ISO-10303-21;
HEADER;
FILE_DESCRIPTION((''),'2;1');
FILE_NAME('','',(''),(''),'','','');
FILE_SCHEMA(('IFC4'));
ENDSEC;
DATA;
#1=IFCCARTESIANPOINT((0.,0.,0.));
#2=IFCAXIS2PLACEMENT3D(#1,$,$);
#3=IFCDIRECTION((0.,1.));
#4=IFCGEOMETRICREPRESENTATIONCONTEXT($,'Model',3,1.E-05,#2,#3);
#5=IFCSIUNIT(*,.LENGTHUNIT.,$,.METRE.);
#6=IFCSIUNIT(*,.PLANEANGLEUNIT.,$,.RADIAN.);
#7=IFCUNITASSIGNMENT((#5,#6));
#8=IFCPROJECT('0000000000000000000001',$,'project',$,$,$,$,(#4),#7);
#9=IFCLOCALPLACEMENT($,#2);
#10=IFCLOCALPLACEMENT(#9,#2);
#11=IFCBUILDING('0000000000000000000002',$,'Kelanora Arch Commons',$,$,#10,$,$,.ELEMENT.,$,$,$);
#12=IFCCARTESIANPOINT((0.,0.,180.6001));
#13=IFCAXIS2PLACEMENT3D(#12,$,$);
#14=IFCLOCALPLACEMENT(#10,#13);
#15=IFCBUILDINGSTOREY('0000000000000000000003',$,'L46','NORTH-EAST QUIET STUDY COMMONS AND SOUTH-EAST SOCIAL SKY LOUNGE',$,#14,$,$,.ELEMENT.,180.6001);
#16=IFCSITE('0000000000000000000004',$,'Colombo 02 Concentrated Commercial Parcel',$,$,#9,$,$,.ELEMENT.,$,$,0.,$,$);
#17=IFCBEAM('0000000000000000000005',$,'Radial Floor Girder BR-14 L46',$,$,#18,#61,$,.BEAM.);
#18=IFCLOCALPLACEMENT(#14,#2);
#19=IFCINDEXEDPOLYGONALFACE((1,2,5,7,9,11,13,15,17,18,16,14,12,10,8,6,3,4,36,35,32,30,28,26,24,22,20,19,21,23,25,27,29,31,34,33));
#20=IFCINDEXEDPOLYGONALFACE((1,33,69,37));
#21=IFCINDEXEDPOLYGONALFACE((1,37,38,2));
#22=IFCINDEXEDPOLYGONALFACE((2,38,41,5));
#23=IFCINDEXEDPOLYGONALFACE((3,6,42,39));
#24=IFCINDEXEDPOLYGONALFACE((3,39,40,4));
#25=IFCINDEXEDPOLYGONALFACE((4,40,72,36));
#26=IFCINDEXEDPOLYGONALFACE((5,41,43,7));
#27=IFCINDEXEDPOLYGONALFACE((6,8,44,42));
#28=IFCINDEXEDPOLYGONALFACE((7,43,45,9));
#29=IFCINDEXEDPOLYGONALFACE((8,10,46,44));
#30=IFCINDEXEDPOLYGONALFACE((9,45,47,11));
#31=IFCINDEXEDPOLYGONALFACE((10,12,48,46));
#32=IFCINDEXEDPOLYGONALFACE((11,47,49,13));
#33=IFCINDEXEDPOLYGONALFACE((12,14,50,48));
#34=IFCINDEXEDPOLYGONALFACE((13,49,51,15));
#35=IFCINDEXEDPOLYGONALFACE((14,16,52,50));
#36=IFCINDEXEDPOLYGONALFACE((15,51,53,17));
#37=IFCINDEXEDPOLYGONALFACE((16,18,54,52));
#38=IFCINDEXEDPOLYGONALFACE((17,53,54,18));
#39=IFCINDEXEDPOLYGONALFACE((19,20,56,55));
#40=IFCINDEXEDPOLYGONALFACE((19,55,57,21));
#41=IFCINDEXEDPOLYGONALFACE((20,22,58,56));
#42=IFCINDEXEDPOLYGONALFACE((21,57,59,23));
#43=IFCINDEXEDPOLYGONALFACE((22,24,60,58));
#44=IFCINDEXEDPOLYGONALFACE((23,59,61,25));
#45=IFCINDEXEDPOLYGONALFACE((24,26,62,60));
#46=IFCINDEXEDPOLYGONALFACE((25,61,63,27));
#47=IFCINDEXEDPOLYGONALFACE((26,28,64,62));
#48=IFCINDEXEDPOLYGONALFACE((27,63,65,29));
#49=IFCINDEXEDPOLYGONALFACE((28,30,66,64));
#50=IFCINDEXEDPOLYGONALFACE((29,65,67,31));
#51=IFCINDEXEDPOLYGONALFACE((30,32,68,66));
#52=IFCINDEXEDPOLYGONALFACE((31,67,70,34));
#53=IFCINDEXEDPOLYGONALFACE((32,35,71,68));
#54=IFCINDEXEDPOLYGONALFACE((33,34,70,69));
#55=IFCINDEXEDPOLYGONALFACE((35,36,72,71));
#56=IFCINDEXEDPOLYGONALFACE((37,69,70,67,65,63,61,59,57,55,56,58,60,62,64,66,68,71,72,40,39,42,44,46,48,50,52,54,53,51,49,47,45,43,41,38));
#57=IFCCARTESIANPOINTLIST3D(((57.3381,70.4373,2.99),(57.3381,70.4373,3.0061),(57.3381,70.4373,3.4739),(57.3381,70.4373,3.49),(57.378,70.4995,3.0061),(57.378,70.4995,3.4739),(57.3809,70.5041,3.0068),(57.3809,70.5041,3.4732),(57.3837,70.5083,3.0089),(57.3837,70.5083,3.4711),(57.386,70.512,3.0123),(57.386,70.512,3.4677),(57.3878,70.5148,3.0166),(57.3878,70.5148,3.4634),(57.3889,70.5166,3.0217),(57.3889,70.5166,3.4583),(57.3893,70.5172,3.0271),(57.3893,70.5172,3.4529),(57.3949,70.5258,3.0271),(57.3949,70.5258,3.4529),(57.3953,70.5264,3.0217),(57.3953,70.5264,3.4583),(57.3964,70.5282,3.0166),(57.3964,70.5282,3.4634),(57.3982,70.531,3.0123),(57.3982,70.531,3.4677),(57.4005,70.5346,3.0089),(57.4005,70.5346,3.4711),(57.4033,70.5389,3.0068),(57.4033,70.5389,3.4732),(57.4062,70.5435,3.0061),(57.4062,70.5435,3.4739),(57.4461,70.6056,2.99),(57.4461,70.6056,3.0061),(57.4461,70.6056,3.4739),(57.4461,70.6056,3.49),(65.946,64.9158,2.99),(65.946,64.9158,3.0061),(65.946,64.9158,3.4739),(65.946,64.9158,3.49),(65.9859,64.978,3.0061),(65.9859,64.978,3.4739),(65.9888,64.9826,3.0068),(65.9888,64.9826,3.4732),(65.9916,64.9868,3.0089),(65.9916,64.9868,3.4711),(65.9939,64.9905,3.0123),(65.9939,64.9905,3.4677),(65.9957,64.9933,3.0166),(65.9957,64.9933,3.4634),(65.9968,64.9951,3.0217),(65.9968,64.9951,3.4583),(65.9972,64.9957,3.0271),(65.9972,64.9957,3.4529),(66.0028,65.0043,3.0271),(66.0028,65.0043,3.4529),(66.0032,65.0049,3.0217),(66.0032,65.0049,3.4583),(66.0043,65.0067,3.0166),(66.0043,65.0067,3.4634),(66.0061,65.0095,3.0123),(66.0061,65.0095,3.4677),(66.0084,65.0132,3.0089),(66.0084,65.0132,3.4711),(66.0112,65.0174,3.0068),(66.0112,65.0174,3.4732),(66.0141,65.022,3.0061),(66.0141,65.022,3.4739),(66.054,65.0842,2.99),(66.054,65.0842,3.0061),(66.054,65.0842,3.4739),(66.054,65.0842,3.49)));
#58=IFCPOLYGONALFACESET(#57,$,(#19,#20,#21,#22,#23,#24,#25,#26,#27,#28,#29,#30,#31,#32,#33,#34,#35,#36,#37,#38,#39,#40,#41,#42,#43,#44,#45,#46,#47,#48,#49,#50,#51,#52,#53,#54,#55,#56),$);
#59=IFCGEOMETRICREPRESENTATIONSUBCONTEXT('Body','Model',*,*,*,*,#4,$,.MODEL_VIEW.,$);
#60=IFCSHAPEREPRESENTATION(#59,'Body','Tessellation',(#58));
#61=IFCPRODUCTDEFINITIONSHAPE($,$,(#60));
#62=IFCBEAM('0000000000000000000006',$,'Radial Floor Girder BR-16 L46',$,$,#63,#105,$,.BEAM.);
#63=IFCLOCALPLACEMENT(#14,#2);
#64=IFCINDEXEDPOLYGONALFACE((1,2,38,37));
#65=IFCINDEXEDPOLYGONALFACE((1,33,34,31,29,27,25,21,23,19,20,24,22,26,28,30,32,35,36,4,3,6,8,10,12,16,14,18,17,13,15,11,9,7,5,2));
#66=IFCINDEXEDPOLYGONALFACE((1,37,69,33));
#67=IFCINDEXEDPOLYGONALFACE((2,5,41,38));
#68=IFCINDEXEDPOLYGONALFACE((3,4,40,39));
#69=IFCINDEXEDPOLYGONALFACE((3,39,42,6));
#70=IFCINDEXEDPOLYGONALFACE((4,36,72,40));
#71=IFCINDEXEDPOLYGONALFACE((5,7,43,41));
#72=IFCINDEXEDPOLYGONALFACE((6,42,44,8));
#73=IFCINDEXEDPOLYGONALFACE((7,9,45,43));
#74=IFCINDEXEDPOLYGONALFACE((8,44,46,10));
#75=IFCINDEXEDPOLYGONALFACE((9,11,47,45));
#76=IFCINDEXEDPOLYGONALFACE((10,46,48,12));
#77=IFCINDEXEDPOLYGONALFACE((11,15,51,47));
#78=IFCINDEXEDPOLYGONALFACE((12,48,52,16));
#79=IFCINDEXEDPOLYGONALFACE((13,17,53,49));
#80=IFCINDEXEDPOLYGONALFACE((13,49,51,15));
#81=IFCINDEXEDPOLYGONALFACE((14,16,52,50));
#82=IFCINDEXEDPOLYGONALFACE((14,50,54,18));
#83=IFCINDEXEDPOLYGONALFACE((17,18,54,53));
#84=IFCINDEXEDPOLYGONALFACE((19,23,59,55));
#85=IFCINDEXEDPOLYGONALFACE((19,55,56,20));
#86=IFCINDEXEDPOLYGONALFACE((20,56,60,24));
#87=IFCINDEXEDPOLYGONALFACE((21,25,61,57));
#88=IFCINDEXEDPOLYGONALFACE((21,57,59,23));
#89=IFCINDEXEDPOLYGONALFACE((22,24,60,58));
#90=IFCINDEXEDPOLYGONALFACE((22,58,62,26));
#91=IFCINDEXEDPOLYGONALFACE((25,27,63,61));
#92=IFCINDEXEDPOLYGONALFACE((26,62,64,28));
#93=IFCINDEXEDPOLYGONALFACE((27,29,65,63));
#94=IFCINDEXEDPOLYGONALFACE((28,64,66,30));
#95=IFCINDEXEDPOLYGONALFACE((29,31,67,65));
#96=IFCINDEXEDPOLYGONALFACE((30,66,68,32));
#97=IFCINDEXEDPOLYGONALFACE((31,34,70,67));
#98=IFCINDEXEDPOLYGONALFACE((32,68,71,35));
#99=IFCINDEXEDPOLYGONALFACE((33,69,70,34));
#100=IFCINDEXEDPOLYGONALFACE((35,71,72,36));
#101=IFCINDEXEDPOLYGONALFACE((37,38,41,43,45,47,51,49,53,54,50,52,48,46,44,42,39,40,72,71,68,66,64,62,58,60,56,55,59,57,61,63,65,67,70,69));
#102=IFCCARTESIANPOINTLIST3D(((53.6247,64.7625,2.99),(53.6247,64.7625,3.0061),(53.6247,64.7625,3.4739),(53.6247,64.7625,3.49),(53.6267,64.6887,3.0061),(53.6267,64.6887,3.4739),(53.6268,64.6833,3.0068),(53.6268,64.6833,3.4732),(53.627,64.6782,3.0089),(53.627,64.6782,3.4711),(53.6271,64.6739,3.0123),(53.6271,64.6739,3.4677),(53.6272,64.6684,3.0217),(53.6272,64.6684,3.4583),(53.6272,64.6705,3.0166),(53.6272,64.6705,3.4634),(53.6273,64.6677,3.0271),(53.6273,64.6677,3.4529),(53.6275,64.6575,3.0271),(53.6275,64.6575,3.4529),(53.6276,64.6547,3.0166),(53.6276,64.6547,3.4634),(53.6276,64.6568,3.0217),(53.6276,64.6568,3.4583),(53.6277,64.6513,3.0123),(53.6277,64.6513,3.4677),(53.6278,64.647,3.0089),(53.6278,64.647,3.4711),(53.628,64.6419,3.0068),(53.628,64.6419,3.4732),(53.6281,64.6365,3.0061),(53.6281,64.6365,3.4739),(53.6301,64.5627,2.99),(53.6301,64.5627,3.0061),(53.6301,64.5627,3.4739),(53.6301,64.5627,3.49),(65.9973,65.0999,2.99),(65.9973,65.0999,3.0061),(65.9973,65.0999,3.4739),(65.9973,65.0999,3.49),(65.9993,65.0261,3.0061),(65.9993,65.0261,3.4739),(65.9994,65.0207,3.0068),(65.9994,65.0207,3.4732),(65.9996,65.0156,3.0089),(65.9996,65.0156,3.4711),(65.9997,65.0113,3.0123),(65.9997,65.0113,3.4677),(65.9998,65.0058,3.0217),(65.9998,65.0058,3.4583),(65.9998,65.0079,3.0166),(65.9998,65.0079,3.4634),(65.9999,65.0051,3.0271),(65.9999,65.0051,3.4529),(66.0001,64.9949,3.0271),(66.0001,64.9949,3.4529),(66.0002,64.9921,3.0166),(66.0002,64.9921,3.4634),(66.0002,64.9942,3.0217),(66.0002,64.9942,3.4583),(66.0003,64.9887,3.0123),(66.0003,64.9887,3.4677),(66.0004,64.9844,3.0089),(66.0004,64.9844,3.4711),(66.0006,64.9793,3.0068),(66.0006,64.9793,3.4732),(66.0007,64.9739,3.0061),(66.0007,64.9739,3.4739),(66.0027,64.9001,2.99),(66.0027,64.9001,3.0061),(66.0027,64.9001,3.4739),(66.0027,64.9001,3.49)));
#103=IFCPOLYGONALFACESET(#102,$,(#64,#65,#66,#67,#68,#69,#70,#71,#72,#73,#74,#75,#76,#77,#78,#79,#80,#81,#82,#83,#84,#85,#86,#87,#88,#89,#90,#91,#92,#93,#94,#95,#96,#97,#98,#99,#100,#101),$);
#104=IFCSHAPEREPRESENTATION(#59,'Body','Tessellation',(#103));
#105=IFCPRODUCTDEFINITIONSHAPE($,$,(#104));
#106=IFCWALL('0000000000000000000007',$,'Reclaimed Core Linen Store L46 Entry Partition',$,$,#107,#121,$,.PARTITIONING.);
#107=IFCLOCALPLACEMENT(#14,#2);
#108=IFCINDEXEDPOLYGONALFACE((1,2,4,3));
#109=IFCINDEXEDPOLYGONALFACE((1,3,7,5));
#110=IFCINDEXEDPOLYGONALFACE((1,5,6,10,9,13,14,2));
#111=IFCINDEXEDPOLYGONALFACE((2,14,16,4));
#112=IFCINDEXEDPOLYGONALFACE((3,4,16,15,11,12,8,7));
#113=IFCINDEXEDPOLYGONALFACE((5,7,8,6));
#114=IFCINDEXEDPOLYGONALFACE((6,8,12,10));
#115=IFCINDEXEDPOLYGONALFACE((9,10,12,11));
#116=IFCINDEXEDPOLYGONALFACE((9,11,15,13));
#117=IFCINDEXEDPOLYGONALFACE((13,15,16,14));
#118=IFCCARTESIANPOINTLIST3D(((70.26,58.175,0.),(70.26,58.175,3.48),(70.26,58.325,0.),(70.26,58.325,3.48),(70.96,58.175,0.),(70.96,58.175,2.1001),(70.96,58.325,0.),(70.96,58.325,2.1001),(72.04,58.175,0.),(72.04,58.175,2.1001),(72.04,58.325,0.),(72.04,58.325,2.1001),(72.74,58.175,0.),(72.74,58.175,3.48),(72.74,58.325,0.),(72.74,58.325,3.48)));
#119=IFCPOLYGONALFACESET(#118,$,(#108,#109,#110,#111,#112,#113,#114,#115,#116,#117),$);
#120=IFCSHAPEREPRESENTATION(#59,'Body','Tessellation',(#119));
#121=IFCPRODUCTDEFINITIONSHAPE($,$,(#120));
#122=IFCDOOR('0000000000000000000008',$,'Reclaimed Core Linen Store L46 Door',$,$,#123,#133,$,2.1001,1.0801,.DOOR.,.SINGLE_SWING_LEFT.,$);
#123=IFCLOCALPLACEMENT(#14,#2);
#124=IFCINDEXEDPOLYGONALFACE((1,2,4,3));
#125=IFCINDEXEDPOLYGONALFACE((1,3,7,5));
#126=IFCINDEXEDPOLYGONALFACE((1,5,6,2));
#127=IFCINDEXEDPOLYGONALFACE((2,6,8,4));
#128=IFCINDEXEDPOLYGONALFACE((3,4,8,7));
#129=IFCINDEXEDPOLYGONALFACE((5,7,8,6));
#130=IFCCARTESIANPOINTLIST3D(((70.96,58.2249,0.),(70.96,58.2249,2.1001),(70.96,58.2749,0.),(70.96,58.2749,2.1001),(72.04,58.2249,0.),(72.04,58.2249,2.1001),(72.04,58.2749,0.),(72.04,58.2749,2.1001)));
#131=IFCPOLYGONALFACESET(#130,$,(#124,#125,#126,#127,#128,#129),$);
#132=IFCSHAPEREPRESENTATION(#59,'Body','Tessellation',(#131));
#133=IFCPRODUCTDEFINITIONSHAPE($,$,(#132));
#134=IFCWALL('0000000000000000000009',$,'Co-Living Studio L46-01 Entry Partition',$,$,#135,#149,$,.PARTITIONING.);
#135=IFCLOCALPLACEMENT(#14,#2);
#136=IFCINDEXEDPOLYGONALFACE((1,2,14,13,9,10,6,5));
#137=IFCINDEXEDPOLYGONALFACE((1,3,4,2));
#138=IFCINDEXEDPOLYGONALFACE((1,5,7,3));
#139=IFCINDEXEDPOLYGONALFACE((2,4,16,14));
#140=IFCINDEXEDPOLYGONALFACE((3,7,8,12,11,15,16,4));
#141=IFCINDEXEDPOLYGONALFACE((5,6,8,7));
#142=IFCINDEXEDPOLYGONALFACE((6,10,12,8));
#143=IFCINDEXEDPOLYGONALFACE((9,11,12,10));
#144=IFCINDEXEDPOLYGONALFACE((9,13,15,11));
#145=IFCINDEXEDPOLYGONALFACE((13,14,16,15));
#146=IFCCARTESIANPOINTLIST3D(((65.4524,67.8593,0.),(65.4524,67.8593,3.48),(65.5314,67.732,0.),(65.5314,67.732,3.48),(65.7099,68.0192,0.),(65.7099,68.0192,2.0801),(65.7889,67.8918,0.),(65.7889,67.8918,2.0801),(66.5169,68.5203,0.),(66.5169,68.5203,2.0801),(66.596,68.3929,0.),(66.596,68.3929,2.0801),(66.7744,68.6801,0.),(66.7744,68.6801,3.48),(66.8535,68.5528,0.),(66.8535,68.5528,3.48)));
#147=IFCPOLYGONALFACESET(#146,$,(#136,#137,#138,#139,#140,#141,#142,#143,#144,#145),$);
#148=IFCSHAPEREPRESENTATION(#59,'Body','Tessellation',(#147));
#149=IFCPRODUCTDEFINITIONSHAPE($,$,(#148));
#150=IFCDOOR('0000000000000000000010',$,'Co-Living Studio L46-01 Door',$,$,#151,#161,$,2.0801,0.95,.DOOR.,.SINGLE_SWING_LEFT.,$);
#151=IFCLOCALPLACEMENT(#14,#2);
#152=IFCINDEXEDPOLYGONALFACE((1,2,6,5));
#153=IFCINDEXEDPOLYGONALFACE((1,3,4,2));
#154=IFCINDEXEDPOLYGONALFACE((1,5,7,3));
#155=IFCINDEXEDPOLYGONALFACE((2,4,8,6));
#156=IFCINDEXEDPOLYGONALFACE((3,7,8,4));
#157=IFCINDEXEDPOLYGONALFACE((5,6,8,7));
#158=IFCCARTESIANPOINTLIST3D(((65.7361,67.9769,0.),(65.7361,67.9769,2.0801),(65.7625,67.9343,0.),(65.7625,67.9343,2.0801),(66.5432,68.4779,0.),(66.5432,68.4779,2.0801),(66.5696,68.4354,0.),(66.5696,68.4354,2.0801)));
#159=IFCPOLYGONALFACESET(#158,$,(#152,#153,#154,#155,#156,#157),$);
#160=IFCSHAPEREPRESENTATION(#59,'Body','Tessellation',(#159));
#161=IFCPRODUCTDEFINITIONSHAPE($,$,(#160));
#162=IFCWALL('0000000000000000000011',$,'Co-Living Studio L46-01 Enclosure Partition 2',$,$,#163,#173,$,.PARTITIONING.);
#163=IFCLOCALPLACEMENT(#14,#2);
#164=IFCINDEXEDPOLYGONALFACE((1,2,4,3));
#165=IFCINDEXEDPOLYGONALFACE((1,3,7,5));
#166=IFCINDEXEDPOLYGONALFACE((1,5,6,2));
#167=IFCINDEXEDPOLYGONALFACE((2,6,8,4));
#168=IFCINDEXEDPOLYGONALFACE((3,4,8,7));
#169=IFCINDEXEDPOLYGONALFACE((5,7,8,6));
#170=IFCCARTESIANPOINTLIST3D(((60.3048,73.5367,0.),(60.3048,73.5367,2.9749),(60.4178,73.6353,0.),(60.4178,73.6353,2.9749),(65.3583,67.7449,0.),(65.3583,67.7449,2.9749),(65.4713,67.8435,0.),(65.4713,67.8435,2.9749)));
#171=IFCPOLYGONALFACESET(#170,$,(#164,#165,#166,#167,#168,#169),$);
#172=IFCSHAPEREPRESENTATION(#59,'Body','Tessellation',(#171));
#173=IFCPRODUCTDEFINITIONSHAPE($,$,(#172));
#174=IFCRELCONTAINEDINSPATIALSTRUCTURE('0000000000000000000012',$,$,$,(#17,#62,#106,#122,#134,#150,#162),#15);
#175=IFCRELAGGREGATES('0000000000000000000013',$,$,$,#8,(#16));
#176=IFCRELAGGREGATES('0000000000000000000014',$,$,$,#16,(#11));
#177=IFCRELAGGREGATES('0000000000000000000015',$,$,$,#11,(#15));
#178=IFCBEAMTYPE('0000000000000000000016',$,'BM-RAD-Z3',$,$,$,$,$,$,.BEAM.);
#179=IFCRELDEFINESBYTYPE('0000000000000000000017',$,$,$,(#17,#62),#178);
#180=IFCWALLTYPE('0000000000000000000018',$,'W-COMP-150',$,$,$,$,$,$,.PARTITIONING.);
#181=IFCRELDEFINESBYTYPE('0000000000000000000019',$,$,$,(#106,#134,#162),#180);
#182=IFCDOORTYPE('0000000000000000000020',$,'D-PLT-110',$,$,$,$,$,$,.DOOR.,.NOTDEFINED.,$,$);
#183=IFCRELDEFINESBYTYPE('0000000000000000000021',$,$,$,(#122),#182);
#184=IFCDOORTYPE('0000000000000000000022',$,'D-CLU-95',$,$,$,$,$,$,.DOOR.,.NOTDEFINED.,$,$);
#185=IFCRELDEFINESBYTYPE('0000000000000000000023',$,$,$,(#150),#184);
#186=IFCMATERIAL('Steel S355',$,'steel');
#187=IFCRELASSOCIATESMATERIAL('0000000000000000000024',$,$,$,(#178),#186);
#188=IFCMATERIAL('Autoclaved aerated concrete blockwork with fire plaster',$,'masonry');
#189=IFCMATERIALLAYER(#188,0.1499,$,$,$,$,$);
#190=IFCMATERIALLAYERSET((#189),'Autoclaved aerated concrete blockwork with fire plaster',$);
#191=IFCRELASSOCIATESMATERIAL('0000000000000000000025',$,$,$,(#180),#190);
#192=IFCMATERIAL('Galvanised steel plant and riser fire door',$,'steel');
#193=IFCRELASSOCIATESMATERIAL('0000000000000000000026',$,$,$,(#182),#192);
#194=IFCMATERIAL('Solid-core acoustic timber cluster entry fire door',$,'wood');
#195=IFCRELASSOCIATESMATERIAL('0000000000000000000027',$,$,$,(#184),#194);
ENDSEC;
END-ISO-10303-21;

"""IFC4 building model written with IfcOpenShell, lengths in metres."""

from ifc_helpers import new_model, si_unit, direction, frame, frame_2d, origin, origin_2d, place, context, subcontext, project, spatial, rectangle, i_section, extrude, material, layer, layer_set, material_profile, profile_set, type_object, element, fill, save


model = new_model("IFC4")

# Units and contexts
model_context = context("Model", 3, precision=1e-05, world=origin(), true_north=direction((0.0, 1.0)))
body_context = subcontext(model_context, "Body", "Model", "MODEL_VIEW")
ifc_project = project(units=[si_unit("LENGTHUNIT", "METRE"), si_unit("PLANEANGLEUNIT", "RADIAN")], contexts=[model_context])

# Site, building, storey
site_placement = place(None, origin())
site = spatial("IfcSite", under=ifc_project, at=site_placement, Name="Colombo 02 Concentrated Commercial Parcel", CompositionType="ELEMENT", RefElevation=0.0)
building_placement = place(site_placement, origin())
building = spatial("IfcBuilding", under=site, at=building_placement, Name="Kelanora Arch Commons", CompositionType="ELEMENT")
storey_placement = place(building_placement, frame((0.0, 0.0, 180.6001)))
storey = spatial("IfcBuildingStorey", under=building, at=storey_placement, Name="L46", Description="NORTH-EAST QUIET STUDY COMMONS AND SOUTH-EAST SOCIAL SKY LOUNGE", CompositionType="ELEMENT", Elevation=180.6001)

# Beams
ifc_material_1 = material(Name="Steel S355", Category="steel")
ifc_material_profile_1 = material_profile(ifc_material_1, i_section(OverallWidth=0.2, OverallDepth=0.5, WebThickness=0.0103, FlangeThickness=0.0161, FilletRadius=0.021, at=origin_2d()), Name="IPE500")
ifc_profile_set_1 = profile_set([ifc_material_profile_1], Name="Steel S355")
beam_type_1 = type_object("IfcBeamType", Name="BM-RAD-Z3", PredefinedType="BEAM", material=ifc_profile_set_1)
beam_1_placement = place(storey_placement, frame((66.0, 65.0, 3.24), z_axis=(-0.841719, 0.539915, 0.0), x_axis=(-0.539915, -0.841719, 0.0)))
element("IfcBeam", 1, at=beam_1_placement, inside=storey, type_object=beam_type_1, Name="Radial Floor Girder BR-14 L46", PredefinedType="BEAM", context=body_context, shape_type="SweptSolid", body=[
    extrude(i_section(OverallWidth=0.2, OverallDepth=0.5, WebThickness=0.0103, FlangeThickness=0.0161, FilletRadius=0.021, at=origin_2d()), origin(), (0.0, 0.0, 1.0), 10.2266),
])
beam_2_placement = place(storey_placement, frame((66.0, 65.0, 3.24), z_axis=(-0.999628, -0.02726, 0.0), x_axis=(0.02726, -0.999628, 0.0)))
element("IfcBeam", 2, at=beam_2_placement, inside=storey, type_object=beam_type_1, Name="Radial Floor Girder BR-16 L46", PredefinedType="BEAM", context=body_context, shape_type="SweptSolid", body=[
    extrude(i_section(OverallWidth=0.2, OverallDepth=0.5, WebThickness=0.0103, FlangeThickness=0.0161, FilletRadius=0.021, at=origin_2d()), origin(), (0.0, 0.0, 1.0), 12.3772),
])

# Walls, openings, doors
ifc_material_2 = material(Name="Autoclaved aerated concrete blockwork with fire plaster", Category="masonry")
ifc_layer_1 = layer(ifc_material_2, 0.1499)
ifc_layer_set_1 = layer_set([ifc_layer_1], Name="Autoclaved aerated concrete blockwork with fire plaster")
wall_type_1 = type_object("IfcWallType", Name="W-COMP-150", PredefinedType="PARTITIONING", material=ifc_layer_set_1)
wall_1_placement = place(storey_placement, frame((70.26, 58.25, 0.0), z_axis=(0.0, 0.0, 1.0), x_axis=(1.0, 0.0, 0.0)))
wall_1 = element("IfcWall", 3, at=wall_1_placement, inside=storey, type_object=wall_type_1, Name="Reclaimed Core Linen Store L46 Entry Partition", PredefinedType="PARTITIONING", context=body_context, shape_type="SweptSolid", body=[
    extrude(rectangle(XDim=2.48, YDim=0.1499, at=frame_2d((1.24, 0.0))), origin(), (0.0, 0.0, 1.0), 3.48),
])
opening_1_placement = place(wall_1_placement, frame((0.7, 0.0, 0.0)))
opening_1 = element("IfcOpeningElement", 4, at=opening_1_placement, cuts=wall_1, PredefinedType="OPENING", context=body_context, shape_type="SweptSolid", body=[
    extrude(rectangle(XDim=1.0801, YDim=2.1001, at=frame_2d((0.54, 1.05))), frame((0.0, 0.085, 0.0), z_axis=(0.0, -1.0, 0.0), x_axis=(1.0, 0.0, 0.0)), (0.0, 0.0, 1.0), 0.1699),
])
ifc_material_3 = material(Name="Galvanised steel plant and riser fire door", Category="steel")
door_type_1 = type_object("IfcDoorType", Name="D-PLT-110", OperationType="NOTDEFINED", PredefinedType="DOOR", material=ifc_material_3)
door_1_placement = place(opening_1_placement, origin())
door_1 = element("IfcDoor", 5, at=door_1_placement, inside=storey, type_object=door_type_1, Name="Reclaimed Core Linen Store L46 Door", OperationType="SINGLE_SWING_LEFT", OverallHeight=2.1001, OverallWidth=1.0801, PredefinedType="DOOR", context=body_context, shape_type="SweptSolid", body=[
    extrude(rectangle(XDim=1.0801, YDim=2.1001, at=frame_2d((0.54, 1.05))), frame((0.0, 0.0249, 0.0), z_axis=(0.0, -1.0, 0.0), x_axis=(1.0, 0.0, 0.0)), (0.0, 0.0, 1.0), 0.05),
])
fill(opening_1, door_1)
wall_2_placement = place(storey_placement, frame((66.814, 68.6165, 0.0), z_axis=(0.0, 0.0, 1.0), x_axis=(-0.849572, -0.527472, 0.0)))
wall_2 = element("IfcWall", 6, at=wall_2_placement, inside=storey, type_object=wall_type_1, Name="Co-Living Studio L46-01 Entry Partition", PredefinedType="PARTITIONING", context=body_context, shape_type="SweptSolid", body=[
    extrude(rectangle(XDim=1.5562, YDim=0.1499, at=frame_2d((0.7781, 0.0))), origin(), (0.0, 0.0, 1.0), 3.48),
])
opening_2_placement = place(wall_2_placement, frame((0.303, 0.0, 0.0)))
opening_2 = element("IfcOpeningElement", 7, at=opening_2_placement, cuts=wall_2, PredefinedType="OPENING", context=body_context, shape_type="SweptSolid", body=[
    extrude(rectangle(XDim=0.95, YDim=2.0801, at=frame_2d((0.4751, 1.04))), frame((0.0, 0.085, 0.0), z_axis=(0.0, -1.0, 0.0), x_axis=(1.0, 0.0, 0.0)), (0.0, 0.0, 1.0), 0.1699),
])
ifc_material_4 = material(Name="Solid-core acoustic timber cluster entry fire door", Category="wood")
door_type_2 = type_object("IfcDoorType", Name="D-CLU-95", OperationType="NOTDEFINED", PredefinedType="DOOR", material=ifc_material_4)
door_2_placement = place(opening_2_placement, origin())
door_2 = element("IfcDoor", 8, at=door_2_placement, inside=storey, type_object=door_type_2, Name="Co-Living Studio L46-01 Door", OperationType="SINGLE_SWING_LEFT", OverallHeight=2.0801, OverallWidth=0.95, PredefinedType="DOOR", context=body_context, shape_type="SweptSolid", body=[
    extrude(rectangle(XDim=0.95, YDim=2.0801, at=frame_2d((0.4751, 1.04))), frame((0.0, 0.0249, 0.0), z_axis=(0.0, -1.0, 0.0), x_axis=(1.0, 0.0, 0.0)), (0.0, 0.0, 1.0), 0.05),
])
fill(opening_2, door_2)

# Wall
wall_3_placement = place(storey_placement, frame((65.4148, 67.7942, 0.0), z_axis=(0.0, 0.0, 1.0), x_axis=(-0.657449, 0.753499, 0.0)))
element("IfcWall", 9, at=wall_3_placement, inside=storey, type_object=wall_type_1, Name="Co-Living Studio L46-01 Enclosure Partition 2", PredefinedType="PARTITIONING", context=body_context, shape_type="SweptSolid", body=[
    extrude(rectangle(XDim=7.6865, YDim=0.1499, at=frame_2d((3.8433, 0.0))), origin(), (0.0, 0.0, 1.0), 2.9749),
])

save(model, "model.ifc")
